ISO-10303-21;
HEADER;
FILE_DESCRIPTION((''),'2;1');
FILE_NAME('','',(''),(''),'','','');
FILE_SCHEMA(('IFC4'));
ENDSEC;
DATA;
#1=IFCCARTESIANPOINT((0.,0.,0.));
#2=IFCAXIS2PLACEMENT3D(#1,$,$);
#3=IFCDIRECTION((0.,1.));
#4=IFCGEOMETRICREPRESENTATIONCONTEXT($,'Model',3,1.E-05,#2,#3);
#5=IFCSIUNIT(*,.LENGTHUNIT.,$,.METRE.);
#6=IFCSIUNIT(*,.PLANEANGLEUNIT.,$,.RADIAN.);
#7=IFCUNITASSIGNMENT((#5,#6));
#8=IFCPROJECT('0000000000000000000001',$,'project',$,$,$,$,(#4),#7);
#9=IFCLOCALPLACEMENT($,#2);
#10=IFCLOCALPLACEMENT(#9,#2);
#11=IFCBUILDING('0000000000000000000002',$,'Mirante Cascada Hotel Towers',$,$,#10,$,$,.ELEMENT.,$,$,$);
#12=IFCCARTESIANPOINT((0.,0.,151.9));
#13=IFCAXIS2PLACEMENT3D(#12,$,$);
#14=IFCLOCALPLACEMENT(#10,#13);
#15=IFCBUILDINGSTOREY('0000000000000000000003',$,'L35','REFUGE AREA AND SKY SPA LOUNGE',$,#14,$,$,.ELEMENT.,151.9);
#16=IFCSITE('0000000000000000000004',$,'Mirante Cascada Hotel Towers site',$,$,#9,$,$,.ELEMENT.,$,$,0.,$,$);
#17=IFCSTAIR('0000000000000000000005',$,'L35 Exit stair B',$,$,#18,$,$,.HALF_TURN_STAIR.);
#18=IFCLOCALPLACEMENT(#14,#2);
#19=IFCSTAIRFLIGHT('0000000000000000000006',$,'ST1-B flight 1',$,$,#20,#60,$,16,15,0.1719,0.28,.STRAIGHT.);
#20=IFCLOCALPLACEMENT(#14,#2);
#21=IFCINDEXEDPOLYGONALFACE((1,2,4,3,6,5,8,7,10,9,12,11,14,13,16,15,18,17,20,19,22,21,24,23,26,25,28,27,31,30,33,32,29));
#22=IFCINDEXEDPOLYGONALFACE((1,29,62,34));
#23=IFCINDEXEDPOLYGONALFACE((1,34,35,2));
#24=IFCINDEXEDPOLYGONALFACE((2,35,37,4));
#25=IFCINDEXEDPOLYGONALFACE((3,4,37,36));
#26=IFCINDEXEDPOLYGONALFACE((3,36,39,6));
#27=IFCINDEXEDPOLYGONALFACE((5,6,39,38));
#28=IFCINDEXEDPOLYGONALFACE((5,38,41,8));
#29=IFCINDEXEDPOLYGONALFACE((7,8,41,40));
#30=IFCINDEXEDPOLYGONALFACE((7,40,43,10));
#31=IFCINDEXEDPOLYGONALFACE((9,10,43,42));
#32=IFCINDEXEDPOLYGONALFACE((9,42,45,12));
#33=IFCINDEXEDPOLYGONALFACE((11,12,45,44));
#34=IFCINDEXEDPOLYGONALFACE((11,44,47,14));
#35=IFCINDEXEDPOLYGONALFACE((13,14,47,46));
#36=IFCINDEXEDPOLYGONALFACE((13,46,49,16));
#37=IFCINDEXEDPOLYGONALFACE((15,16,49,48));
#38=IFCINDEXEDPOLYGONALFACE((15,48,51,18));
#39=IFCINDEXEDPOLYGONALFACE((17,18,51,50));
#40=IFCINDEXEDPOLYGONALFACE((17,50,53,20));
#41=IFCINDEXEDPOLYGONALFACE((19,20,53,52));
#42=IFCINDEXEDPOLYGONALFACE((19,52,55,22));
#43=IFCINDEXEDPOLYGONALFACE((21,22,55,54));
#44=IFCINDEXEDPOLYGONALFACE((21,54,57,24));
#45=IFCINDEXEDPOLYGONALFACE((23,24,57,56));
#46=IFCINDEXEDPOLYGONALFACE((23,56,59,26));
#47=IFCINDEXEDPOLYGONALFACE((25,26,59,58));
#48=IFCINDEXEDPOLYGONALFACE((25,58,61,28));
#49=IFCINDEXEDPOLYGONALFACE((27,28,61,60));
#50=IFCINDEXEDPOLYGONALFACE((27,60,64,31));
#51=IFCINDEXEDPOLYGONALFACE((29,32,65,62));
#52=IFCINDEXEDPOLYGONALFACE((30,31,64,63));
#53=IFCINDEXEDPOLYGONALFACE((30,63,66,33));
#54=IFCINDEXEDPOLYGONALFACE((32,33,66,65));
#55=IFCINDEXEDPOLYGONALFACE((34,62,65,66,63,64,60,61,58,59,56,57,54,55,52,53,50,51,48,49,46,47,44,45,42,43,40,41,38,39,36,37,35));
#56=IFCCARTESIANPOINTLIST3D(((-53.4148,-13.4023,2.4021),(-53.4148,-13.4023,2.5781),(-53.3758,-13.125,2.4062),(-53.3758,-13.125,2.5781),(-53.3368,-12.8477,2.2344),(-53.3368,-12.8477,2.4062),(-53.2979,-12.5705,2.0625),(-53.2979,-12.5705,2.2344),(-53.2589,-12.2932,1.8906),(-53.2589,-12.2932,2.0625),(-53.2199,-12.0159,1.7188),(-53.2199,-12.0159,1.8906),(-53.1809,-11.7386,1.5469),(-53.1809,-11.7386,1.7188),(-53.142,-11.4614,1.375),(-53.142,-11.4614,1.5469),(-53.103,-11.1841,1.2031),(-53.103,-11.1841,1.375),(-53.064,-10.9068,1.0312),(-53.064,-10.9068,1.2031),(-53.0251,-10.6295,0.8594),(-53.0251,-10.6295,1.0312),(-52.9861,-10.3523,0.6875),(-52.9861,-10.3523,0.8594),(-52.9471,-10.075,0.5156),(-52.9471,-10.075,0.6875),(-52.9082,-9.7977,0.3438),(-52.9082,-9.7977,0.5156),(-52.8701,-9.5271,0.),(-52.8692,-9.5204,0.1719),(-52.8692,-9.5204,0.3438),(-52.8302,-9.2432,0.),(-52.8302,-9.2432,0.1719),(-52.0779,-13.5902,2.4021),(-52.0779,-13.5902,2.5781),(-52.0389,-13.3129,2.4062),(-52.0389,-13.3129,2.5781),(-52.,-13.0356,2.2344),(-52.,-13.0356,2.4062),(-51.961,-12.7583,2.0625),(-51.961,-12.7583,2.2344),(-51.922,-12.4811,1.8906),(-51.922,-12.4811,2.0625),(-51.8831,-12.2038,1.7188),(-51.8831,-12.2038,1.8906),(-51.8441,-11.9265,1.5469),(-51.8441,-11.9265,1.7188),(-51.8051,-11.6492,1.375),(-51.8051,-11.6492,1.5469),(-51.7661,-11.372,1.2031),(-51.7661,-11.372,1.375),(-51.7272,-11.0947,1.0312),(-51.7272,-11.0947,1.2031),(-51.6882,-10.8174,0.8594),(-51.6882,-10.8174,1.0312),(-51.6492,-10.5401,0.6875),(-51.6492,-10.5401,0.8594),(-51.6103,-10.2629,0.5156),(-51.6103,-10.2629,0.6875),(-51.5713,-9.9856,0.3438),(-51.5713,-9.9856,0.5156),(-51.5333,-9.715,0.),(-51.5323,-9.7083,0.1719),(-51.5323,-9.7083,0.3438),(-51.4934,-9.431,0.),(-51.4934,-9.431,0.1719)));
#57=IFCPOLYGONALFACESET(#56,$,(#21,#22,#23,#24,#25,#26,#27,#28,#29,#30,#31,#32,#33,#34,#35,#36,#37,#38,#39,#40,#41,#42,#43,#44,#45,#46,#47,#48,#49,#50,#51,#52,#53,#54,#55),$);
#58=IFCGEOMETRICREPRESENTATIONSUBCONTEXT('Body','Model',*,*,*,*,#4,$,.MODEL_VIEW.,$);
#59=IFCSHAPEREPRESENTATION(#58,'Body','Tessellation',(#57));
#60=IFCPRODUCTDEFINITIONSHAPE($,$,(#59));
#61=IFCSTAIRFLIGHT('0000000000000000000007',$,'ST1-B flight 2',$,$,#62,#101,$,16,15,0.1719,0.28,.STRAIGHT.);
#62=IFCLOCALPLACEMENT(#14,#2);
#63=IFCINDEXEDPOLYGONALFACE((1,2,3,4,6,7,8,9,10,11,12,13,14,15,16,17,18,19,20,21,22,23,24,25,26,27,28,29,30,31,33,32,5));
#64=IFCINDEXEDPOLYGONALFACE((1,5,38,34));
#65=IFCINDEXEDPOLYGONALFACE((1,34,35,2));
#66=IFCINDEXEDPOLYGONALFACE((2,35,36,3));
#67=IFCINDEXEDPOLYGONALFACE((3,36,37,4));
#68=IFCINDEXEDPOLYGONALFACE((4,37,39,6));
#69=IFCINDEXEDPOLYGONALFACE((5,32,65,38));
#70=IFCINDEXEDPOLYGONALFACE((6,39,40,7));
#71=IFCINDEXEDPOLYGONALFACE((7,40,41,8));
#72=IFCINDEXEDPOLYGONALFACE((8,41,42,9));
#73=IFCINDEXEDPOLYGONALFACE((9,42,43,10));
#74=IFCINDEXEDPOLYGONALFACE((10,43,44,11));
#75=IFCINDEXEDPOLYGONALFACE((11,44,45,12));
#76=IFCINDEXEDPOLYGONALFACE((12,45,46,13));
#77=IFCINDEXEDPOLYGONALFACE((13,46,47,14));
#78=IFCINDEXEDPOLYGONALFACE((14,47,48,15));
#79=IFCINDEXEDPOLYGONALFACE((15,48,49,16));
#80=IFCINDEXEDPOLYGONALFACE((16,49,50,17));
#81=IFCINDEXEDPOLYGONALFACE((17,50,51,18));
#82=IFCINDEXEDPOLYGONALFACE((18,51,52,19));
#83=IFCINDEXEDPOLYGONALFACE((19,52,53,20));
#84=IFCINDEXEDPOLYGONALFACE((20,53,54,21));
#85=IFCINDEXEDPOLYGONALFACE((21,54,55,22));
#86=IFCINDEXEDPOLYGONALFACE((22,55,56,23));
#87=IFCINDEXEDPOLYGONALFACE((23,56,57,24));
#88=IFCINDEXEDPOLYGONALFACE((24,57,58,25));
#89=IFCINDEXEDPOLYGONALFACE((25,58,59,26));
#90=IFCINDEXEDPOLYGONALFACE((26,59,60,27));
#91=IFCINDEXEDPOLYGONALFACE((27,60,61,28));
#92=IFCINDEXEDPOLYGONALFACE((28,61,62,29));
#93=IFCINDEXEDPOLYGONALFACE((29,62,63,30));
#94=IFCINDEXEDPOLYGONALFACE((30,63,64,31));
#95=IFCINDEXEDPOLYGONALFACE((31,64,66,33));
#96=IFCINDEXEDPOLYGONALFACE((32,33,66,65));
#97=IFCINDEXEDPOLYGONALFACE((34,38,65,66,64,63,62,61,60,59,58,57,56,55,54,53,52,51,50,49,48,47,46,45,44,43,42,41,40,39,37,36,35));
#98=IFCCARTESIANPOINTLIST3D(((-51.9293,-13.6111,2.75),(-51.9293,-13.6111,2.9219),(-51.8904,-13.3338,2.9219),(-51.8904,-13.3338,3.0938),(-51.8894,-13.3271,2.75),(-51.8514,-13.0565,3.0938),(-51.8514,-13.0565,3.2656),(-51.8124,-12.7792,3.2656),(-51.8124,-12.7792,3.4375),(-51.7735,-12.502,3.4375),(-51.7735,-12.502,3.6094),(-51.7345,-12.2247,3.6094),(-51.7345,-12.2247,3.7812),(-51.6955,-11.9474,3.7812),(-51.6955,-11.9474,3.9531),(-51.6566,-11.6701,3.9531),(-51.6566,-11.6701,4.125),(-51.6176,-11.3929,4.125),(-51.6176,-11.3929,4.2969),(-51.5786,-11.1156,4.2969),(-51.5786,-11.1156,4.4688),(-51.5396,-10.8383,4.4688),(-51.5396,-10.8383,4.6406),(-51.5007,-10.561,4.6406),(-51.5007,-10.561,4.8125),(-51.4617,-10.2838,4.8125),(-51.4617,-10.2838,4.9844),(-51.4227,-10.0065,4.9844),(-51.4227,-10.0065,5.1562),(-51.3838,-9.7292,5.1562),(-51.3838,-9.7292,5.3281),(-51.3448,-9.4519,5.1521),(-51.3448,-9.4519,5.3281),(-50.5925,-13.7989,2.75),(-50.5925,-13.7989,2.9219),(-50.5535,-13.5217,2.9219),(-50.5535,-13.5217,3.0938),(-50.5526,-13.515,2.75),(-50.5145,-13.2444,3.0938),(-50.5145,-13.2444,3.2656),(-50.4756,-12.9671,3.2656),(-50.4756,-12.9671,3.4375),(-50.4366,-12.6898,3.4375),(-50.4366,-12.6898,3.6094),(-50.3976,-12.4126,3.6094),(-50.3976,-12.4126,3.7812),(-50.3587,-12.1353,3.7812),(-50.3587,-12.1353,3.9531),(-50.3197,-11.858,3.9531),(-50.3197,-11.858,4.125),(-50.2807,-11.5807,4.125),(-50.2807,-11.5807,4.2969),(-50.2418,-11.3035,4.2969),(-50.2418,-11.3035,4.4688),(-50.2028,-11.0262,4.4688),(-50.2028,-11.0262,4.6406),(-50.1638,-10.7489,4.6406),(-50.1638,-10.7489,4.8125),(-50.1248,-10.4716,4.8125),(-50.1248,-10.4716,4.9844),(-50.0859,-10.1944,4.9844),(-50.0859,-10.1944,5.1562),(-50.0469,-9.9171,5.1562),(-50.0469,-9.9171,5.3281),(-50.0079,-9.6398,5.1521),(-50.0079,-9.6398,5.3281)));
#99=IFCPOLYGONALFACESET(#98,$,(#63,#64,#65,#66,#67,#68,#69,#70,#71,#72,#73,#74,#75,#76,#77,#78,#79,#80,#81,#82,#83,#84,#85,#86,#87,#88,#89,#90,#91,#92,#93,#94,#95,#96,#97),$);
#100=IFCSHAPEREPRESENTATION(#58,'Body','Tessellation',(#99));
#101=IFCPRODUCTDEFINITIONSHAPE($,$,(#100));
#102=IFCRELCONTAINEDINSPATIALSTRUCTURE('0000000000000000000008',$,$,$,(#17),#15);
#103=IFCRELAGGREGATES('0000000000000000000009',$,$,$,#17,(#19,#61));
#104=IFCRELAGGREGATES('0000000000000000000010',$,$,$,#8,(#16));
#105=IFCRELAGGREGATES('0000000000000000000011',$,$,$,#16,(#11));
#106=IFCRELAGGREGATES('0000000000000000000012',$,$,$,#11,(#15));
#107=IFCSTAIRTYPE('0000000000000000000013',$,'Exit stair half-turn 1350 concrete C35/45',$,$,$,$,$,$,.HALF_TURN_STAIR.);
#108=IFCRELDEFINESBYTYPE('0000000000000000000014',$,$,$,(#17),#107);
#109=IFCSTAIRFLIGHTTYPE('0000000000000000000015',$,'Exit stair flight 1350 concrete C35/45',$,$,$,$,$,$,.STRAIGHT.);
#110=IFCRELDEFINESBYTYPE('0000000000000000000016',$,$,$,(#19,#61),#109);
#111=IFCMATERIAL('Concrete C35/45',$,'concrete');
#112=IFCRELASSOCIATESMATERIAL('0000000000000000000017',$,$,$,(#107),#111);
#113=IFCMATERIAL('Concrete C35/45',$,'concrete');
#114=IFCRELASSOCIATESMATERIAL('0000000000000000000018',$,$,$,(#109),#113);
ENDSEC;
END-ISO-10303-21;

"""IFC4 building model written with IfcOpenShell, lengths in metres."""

from ifc_helpers import new_model, si_unit, direction, frame, origin, place, context, subcontext, project, spatial, polyline, outline, extrude, material, type_object, element, aggregate, save


model = new_model("IFC4")

# Units and contexts
model_context = context("Model", 3, precision=1e-05, world=origin(), true_north=direction((0.0, 1.0)))
body_context = subcontext(model_context, "Body", "Model", "MODEL_VIEW")
ifc_project = project(units=[si_unit("LENGTHUNIT", "METRE"), si_unit("PLANEANGLEUNIT", "RADIAN")], contexts=[model_context])

# Site, building, storey
site_placement = place(None, origin())
site = spatial("IfcSite", under=ifc_project, at=site_placement, Name="Mirante Cascada Hotel Towers site", CompositionType="ELEMENT", RefElevation=0.0)
building_placement = place(site_placement, origin())
building = spatial("IfcBuilding", under=site, at=building_placement, Name="Mirante Cascada Hotel Towers", CompositionType="ELEMENT")
storey_placement = place(building_placement, frame((0.0, 0.0, 151.9)))
storey = spatial("IfcBuildingStorey", under=building, at=storey_placement, Name="L35", Description="REFUGE AREA AND SKY SPA LOUNGE", CompositionType="ELEMENT", Elevation=151.9)

# Stair, stair flights
ifc_material_1 = material(Name="Concrete C35/45", Category="concrete")
stair_type = type_object("IfcStairType", Name="Exit stair half-turn 1350 concrete C35/45", PredefinedType="HALF_TURN_STAIR", material=ifc_material_1)
stair_placement = place(storey_placement, origin())
stair = element("IfcStair", 1, at=stair_placement, inside=storey, type_object=stair_type, Name="L35 Exit stair B", PredefinedType="HALF_TURN_STAIR")
ifc_material_2 = material(Name="Concrete C35/45", Category="concrete")
stair_flight_type = type_object("IfcStairFlightType", Name="Exit stair flight 1350 concrete C35/45", PredefinedType="STRAIGHT", material=ifc_material_2)
stair_flight_1_placement = place(storey_placement, frame((-52.1618, -9.3371, 0.0), z_axis=(0.0, 0.0, 1.0), x_axis=(-0.139173, -0.990268, 0.0)))
stair_flight_1 = element("IfcStairFlight", 2, at=stair_flight_1_placement, type_object=stair_flight_type, Name="ST1-B flight 1", NumberOfRisers=16, NumberOfTreads=15, PredefinedType="STRAIGHT", RiserHeight=0.1719, TreadLength=0.28, context=body_context, shape_type="SweptSolid", body=[
    extrude(outline(polyline([(0.0, 0.0), (0.0, 0.1719), (0.28, 0.1719), (0.28, 0.3438), (0.56, 0.3438), (0.56, 0.5156), (0.84, 0.5156), (0.84, 0.6875), (1.12, 0.6875), (1.12, 0.8594), (1.4, 0.8594), (1.4, 1.0312), (1.68, 1.0312), (1.68, 1.2031), (1.96, 1.2031), (1.96, 1.375), (2.24, 1.375), (2.24, 1.5469), (2.52, 1.5469), (2.52, 1.7188), (2.8, 1.7188), (2.8, 1.8906), (3.08, 1.8906), (3.08, 2.0625), (3.36, 2.0625), (3.36, 2.2344), (3.64, 2.2344), (3.64, 2.4062), (3.92, 2.4062), (3.92, 2.5781), (4.2, 2.5781), (4.2, 2.75), (4.2, 2.4021), (0.2867, 0.0), (0.0, 0.0)])), frame((0.0, 0.675, 0.0), z_axis=(0.0, -1.0, 0.0), x_axis=(1.0, 0.0, 0.0)), (0.0, 0.0, 1.0), 1.35),
])
stair_flight_2_placement = place(storey_placement, frame((-51.2609, -13.705, 2.75), z_axis=(0.0, 0.0, 1.0), x_axis=(0.139173, 0.990268, 0.0)))
stair_flight_2 = element("IfcStairFlight", 3, at=stair_flight_2_placement, type_object=stair_flight_type, Name="ST1-B flight 2", NumberOfRisers=16, NumberOfTreads=15, PredefinedType="STRAIGHT", RiserHeight=0.1719, TreadLength=0.28, context=body_context, shape_type="SweptSolid", body=[
    extrude(outline(polyline([(0.0, 0.0), (0.0, 0.1719), (0.28, 0.1719), (0.28, 0.3438), (0.56, 0.3438), (0.56, 0.5156), (0.84, 0.5156), (0.84, 0.6875), (1.12, 0.6875), (1.12, 0.8594), (1.4, 0.8594), (1.4, 1.0312), (1.68, 1.0312), (1.68, 1.2031), (1.96, 1.2031), (1.96, 1.375), (2.24, 1.375), (2.24, 1.5469), (2.52, 1.5469), (2.52, 1.7188), (2.8, 1.7188), (2.8, 1.8906), (3.08, 1.8906), (3.08, 2.0625), (3.36, 2.0625), (3.36, 2.2344), (3.64, 2.2344), (3.64, 2.4062), (3.92, 2.4062), (3.92, 2.5781), (4.2, 2.5781), (4.2, 2.75), (4.2, 2.4021), (0.2867, 0.0), (0.0, 0.0)])), frame((0.0, 0.675, 0.0), z_axis=(0.0, -1.0, 0.0), x_axis=(1.0, 0.0, 0.0)), (0.0, 0.0, 1.0), 1.35),
])
aggregate(stair, [stair_flight_1, stair_flight_2])

save(model, "model.ifc")
